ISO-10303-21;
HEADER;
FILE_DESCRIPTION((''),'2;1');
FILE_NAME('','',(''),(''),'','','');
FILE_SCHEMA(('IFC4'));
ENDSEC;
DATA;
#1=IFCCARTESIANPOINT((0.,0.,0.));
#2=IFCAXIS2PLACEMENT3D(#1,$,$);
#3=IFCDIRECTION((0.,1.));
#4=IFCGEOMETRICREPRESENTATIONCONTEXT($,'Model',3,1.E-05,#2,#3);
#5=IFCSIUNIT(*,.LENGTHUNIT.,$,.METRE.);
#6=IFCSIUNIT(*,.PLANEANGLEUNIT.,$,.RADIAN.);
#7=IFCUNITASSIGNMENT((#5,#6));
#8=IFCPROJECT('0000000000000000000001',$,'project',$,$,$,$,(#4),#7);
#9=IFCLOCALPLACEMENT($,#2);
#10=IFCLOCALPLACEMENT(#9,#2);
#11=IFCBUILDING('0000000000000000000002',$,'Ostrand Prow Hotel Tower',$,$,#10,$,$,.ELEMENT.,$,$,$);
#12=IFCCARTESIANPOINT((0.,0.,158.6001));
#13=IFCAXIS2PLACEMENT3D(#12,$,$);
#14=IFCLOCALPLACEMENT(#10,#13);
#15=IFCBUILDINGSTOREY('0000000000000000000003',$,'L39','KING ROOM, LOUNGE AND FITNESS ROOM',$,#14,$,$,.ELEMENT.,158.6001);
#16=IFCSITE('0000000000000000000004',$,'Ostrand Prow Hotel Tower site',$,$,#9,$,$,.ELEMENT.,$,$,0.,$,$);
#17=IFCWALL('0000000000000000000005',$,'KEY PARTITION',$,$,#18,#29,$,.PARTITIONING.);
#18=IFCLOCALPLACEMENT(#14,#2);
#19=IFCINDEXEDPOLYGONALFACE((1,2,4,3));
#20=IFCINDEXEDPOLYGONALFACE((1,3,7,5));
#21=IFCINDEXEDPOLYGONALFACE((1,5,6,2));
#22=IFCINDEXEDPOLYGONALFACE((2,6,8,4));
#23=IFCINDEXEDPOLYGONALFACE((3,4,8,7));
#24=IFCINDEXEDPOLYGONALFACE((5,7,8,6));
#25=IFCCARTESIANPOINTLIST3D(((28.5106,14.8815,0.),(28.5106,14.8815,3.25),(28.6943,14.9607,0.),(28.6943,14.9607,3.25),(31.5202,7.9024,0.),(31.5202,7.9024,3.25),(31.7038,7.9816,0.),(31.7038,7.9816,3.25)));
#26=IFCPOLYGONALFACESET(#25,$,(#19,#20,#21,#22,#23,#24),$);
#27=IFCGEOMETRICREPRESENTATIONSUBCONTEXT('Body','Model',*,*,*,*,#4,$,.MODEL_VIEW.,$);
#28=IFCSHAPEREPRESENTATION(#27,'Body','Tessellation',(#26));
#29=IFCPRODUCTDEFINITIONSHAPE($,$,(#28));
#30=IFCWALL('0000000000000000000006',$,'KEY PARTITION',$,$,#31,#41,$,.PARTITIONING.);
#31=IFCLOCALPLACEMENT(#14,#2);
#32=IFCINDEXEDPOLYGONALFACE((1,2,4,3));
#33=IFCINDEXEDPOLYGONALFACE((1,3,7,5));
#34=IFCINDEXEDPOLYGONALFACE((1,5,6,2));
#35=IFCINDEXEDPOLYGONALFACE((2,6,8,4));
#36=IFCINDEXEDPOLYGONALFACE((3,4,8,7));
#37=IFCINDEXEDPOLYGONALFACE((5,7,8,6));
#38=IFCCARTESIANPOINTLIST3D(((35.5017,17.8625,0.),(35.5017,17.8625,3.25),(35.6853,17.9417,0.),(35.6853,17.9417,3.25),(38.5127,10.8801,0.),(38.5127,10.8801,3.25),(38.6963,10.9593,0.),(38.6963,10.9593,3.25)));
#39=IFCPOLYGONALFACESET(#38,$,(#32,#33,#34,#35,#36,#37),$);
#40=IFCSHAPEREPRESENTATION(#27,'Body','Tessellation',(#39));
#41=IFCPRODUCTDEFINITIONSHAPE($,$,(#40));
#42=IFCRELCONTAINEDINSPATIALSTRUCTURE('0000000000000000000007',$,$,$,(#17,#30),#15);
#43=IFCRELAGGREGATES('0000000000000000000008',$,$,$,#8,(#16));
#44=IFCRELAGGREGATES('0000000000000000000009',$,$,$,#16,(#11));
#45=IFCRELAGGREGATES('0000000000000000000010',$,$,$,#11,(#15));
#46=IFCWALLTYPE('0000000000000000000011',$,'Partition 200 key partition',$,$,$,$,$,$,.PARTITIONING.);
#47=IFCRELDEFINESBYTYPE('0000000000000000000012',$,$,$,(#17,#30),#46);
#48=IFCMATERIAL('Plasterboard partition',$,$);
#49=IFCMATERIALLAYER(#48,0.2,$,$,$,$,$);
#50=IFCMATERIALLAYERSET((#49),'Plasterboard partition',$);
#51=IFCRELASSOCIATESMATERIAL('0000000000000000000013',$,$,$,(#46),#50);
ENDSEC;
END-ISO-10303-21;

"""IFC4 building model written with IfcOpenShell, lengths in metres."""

from ifc_helpers import new_model, si_unit, direction, frame, frame_2d, origin, place, context, subcontext, project, spatial, rectangle, extrude, material, layer, layer_set, type_object, element, save


model = new_model("IFC4")

# Units and contexts
model_context = context("Model", 3, precision=1e-05, world=origin(), true_north=direction((0.0, 1.0)))
body_context = subcontext(model_context, "Body", "Model", "MODEL_VIEW")
ifc_project = project(units=[si_unit("LENGTHUNIT", "METRE"), si_unit("PLANEANGLEUNIT", "RADIAN")], contexts=[model_context])

# Site, building, storey
site_placement = place(None, origin())
site = spatial("IfcSite", under=ifc_project, at=site_placement, Name="Ostrand Prow Hotel Tower site", CompositionType="ELEMENT", RefElevation=0.0)
building_placement = place(site_placement, origin())
building = spatial("IfcBuilding", under=site, at=building_placement, Name="Ostrand Prow Hotel Tower", CompositionType="ELEMENT")
storey_placement = place(building_placement, frame((0.0, 0.0, 158.6001)))
storey = spatial("IfcBuildingStorey", under=building, at=storey_placement, Name="L39", Description="KING ROOM, LOUNGE AND FITNESS ROOM", CompositionType="ELEMENT", Elevation=158.6001)

# Walls
ifc_material_1 = material(Name="Plasterboard partition")
ifc_layer_1 = layer(ifc_material_1, 0.2)
ifc_layer_set_1 = layer_set([ifc_layer_1], Name="Plasterboard partition")
wall_type_1 = type_object("IfcWallType", Name="Partition 200 key partition", PredefinedType="PARTITIONING", material=ifc_layer_set_1)
wall_1_placement = place(storey_placement, frame((31.6121, 7.9419, 0.0), z_axis=(0.0, 0.0, 1.0), x_axis=(-0.395977, 0.91826, 0.0)))
element("IfcWall", 1, at=wall_1_placement, inside=storey, type_object=wall_type_1, Name="KEY PARTITION", PredefinedType="PARTITIONING", context=body_context, shape_type="SweptSolid", body=[
    extrude(rectangle(XDim=7.6003, YDim=0.2, at=frame_2d((3.8003, 0.0))), origin(), (0.0, 0.0, 1.0), 3.25),
])
wall_2_placement = place(storey_placement, frame((38.6045, 10.9197, 0.0), z_axis=(0.0, 0.0, 1.0), x_axis=(-0.395976, 0.918261, 0.0)))
element("IfcWall", 2, at=wall_2_placement, inside=storey, type_object=wall_type_1, Name="KEY PARTITION", PredefinedType="PARTITIONING", context=body_context, shape_type="SweptSolid", body=[
    extrude(rectangle(XDim=7.604, YDim=0.2, at=frame_2d((3.802, 0.0))), origin(), (0.0, 0.0, 1.0), 3.25),
])

save(model, "model.ifc")
